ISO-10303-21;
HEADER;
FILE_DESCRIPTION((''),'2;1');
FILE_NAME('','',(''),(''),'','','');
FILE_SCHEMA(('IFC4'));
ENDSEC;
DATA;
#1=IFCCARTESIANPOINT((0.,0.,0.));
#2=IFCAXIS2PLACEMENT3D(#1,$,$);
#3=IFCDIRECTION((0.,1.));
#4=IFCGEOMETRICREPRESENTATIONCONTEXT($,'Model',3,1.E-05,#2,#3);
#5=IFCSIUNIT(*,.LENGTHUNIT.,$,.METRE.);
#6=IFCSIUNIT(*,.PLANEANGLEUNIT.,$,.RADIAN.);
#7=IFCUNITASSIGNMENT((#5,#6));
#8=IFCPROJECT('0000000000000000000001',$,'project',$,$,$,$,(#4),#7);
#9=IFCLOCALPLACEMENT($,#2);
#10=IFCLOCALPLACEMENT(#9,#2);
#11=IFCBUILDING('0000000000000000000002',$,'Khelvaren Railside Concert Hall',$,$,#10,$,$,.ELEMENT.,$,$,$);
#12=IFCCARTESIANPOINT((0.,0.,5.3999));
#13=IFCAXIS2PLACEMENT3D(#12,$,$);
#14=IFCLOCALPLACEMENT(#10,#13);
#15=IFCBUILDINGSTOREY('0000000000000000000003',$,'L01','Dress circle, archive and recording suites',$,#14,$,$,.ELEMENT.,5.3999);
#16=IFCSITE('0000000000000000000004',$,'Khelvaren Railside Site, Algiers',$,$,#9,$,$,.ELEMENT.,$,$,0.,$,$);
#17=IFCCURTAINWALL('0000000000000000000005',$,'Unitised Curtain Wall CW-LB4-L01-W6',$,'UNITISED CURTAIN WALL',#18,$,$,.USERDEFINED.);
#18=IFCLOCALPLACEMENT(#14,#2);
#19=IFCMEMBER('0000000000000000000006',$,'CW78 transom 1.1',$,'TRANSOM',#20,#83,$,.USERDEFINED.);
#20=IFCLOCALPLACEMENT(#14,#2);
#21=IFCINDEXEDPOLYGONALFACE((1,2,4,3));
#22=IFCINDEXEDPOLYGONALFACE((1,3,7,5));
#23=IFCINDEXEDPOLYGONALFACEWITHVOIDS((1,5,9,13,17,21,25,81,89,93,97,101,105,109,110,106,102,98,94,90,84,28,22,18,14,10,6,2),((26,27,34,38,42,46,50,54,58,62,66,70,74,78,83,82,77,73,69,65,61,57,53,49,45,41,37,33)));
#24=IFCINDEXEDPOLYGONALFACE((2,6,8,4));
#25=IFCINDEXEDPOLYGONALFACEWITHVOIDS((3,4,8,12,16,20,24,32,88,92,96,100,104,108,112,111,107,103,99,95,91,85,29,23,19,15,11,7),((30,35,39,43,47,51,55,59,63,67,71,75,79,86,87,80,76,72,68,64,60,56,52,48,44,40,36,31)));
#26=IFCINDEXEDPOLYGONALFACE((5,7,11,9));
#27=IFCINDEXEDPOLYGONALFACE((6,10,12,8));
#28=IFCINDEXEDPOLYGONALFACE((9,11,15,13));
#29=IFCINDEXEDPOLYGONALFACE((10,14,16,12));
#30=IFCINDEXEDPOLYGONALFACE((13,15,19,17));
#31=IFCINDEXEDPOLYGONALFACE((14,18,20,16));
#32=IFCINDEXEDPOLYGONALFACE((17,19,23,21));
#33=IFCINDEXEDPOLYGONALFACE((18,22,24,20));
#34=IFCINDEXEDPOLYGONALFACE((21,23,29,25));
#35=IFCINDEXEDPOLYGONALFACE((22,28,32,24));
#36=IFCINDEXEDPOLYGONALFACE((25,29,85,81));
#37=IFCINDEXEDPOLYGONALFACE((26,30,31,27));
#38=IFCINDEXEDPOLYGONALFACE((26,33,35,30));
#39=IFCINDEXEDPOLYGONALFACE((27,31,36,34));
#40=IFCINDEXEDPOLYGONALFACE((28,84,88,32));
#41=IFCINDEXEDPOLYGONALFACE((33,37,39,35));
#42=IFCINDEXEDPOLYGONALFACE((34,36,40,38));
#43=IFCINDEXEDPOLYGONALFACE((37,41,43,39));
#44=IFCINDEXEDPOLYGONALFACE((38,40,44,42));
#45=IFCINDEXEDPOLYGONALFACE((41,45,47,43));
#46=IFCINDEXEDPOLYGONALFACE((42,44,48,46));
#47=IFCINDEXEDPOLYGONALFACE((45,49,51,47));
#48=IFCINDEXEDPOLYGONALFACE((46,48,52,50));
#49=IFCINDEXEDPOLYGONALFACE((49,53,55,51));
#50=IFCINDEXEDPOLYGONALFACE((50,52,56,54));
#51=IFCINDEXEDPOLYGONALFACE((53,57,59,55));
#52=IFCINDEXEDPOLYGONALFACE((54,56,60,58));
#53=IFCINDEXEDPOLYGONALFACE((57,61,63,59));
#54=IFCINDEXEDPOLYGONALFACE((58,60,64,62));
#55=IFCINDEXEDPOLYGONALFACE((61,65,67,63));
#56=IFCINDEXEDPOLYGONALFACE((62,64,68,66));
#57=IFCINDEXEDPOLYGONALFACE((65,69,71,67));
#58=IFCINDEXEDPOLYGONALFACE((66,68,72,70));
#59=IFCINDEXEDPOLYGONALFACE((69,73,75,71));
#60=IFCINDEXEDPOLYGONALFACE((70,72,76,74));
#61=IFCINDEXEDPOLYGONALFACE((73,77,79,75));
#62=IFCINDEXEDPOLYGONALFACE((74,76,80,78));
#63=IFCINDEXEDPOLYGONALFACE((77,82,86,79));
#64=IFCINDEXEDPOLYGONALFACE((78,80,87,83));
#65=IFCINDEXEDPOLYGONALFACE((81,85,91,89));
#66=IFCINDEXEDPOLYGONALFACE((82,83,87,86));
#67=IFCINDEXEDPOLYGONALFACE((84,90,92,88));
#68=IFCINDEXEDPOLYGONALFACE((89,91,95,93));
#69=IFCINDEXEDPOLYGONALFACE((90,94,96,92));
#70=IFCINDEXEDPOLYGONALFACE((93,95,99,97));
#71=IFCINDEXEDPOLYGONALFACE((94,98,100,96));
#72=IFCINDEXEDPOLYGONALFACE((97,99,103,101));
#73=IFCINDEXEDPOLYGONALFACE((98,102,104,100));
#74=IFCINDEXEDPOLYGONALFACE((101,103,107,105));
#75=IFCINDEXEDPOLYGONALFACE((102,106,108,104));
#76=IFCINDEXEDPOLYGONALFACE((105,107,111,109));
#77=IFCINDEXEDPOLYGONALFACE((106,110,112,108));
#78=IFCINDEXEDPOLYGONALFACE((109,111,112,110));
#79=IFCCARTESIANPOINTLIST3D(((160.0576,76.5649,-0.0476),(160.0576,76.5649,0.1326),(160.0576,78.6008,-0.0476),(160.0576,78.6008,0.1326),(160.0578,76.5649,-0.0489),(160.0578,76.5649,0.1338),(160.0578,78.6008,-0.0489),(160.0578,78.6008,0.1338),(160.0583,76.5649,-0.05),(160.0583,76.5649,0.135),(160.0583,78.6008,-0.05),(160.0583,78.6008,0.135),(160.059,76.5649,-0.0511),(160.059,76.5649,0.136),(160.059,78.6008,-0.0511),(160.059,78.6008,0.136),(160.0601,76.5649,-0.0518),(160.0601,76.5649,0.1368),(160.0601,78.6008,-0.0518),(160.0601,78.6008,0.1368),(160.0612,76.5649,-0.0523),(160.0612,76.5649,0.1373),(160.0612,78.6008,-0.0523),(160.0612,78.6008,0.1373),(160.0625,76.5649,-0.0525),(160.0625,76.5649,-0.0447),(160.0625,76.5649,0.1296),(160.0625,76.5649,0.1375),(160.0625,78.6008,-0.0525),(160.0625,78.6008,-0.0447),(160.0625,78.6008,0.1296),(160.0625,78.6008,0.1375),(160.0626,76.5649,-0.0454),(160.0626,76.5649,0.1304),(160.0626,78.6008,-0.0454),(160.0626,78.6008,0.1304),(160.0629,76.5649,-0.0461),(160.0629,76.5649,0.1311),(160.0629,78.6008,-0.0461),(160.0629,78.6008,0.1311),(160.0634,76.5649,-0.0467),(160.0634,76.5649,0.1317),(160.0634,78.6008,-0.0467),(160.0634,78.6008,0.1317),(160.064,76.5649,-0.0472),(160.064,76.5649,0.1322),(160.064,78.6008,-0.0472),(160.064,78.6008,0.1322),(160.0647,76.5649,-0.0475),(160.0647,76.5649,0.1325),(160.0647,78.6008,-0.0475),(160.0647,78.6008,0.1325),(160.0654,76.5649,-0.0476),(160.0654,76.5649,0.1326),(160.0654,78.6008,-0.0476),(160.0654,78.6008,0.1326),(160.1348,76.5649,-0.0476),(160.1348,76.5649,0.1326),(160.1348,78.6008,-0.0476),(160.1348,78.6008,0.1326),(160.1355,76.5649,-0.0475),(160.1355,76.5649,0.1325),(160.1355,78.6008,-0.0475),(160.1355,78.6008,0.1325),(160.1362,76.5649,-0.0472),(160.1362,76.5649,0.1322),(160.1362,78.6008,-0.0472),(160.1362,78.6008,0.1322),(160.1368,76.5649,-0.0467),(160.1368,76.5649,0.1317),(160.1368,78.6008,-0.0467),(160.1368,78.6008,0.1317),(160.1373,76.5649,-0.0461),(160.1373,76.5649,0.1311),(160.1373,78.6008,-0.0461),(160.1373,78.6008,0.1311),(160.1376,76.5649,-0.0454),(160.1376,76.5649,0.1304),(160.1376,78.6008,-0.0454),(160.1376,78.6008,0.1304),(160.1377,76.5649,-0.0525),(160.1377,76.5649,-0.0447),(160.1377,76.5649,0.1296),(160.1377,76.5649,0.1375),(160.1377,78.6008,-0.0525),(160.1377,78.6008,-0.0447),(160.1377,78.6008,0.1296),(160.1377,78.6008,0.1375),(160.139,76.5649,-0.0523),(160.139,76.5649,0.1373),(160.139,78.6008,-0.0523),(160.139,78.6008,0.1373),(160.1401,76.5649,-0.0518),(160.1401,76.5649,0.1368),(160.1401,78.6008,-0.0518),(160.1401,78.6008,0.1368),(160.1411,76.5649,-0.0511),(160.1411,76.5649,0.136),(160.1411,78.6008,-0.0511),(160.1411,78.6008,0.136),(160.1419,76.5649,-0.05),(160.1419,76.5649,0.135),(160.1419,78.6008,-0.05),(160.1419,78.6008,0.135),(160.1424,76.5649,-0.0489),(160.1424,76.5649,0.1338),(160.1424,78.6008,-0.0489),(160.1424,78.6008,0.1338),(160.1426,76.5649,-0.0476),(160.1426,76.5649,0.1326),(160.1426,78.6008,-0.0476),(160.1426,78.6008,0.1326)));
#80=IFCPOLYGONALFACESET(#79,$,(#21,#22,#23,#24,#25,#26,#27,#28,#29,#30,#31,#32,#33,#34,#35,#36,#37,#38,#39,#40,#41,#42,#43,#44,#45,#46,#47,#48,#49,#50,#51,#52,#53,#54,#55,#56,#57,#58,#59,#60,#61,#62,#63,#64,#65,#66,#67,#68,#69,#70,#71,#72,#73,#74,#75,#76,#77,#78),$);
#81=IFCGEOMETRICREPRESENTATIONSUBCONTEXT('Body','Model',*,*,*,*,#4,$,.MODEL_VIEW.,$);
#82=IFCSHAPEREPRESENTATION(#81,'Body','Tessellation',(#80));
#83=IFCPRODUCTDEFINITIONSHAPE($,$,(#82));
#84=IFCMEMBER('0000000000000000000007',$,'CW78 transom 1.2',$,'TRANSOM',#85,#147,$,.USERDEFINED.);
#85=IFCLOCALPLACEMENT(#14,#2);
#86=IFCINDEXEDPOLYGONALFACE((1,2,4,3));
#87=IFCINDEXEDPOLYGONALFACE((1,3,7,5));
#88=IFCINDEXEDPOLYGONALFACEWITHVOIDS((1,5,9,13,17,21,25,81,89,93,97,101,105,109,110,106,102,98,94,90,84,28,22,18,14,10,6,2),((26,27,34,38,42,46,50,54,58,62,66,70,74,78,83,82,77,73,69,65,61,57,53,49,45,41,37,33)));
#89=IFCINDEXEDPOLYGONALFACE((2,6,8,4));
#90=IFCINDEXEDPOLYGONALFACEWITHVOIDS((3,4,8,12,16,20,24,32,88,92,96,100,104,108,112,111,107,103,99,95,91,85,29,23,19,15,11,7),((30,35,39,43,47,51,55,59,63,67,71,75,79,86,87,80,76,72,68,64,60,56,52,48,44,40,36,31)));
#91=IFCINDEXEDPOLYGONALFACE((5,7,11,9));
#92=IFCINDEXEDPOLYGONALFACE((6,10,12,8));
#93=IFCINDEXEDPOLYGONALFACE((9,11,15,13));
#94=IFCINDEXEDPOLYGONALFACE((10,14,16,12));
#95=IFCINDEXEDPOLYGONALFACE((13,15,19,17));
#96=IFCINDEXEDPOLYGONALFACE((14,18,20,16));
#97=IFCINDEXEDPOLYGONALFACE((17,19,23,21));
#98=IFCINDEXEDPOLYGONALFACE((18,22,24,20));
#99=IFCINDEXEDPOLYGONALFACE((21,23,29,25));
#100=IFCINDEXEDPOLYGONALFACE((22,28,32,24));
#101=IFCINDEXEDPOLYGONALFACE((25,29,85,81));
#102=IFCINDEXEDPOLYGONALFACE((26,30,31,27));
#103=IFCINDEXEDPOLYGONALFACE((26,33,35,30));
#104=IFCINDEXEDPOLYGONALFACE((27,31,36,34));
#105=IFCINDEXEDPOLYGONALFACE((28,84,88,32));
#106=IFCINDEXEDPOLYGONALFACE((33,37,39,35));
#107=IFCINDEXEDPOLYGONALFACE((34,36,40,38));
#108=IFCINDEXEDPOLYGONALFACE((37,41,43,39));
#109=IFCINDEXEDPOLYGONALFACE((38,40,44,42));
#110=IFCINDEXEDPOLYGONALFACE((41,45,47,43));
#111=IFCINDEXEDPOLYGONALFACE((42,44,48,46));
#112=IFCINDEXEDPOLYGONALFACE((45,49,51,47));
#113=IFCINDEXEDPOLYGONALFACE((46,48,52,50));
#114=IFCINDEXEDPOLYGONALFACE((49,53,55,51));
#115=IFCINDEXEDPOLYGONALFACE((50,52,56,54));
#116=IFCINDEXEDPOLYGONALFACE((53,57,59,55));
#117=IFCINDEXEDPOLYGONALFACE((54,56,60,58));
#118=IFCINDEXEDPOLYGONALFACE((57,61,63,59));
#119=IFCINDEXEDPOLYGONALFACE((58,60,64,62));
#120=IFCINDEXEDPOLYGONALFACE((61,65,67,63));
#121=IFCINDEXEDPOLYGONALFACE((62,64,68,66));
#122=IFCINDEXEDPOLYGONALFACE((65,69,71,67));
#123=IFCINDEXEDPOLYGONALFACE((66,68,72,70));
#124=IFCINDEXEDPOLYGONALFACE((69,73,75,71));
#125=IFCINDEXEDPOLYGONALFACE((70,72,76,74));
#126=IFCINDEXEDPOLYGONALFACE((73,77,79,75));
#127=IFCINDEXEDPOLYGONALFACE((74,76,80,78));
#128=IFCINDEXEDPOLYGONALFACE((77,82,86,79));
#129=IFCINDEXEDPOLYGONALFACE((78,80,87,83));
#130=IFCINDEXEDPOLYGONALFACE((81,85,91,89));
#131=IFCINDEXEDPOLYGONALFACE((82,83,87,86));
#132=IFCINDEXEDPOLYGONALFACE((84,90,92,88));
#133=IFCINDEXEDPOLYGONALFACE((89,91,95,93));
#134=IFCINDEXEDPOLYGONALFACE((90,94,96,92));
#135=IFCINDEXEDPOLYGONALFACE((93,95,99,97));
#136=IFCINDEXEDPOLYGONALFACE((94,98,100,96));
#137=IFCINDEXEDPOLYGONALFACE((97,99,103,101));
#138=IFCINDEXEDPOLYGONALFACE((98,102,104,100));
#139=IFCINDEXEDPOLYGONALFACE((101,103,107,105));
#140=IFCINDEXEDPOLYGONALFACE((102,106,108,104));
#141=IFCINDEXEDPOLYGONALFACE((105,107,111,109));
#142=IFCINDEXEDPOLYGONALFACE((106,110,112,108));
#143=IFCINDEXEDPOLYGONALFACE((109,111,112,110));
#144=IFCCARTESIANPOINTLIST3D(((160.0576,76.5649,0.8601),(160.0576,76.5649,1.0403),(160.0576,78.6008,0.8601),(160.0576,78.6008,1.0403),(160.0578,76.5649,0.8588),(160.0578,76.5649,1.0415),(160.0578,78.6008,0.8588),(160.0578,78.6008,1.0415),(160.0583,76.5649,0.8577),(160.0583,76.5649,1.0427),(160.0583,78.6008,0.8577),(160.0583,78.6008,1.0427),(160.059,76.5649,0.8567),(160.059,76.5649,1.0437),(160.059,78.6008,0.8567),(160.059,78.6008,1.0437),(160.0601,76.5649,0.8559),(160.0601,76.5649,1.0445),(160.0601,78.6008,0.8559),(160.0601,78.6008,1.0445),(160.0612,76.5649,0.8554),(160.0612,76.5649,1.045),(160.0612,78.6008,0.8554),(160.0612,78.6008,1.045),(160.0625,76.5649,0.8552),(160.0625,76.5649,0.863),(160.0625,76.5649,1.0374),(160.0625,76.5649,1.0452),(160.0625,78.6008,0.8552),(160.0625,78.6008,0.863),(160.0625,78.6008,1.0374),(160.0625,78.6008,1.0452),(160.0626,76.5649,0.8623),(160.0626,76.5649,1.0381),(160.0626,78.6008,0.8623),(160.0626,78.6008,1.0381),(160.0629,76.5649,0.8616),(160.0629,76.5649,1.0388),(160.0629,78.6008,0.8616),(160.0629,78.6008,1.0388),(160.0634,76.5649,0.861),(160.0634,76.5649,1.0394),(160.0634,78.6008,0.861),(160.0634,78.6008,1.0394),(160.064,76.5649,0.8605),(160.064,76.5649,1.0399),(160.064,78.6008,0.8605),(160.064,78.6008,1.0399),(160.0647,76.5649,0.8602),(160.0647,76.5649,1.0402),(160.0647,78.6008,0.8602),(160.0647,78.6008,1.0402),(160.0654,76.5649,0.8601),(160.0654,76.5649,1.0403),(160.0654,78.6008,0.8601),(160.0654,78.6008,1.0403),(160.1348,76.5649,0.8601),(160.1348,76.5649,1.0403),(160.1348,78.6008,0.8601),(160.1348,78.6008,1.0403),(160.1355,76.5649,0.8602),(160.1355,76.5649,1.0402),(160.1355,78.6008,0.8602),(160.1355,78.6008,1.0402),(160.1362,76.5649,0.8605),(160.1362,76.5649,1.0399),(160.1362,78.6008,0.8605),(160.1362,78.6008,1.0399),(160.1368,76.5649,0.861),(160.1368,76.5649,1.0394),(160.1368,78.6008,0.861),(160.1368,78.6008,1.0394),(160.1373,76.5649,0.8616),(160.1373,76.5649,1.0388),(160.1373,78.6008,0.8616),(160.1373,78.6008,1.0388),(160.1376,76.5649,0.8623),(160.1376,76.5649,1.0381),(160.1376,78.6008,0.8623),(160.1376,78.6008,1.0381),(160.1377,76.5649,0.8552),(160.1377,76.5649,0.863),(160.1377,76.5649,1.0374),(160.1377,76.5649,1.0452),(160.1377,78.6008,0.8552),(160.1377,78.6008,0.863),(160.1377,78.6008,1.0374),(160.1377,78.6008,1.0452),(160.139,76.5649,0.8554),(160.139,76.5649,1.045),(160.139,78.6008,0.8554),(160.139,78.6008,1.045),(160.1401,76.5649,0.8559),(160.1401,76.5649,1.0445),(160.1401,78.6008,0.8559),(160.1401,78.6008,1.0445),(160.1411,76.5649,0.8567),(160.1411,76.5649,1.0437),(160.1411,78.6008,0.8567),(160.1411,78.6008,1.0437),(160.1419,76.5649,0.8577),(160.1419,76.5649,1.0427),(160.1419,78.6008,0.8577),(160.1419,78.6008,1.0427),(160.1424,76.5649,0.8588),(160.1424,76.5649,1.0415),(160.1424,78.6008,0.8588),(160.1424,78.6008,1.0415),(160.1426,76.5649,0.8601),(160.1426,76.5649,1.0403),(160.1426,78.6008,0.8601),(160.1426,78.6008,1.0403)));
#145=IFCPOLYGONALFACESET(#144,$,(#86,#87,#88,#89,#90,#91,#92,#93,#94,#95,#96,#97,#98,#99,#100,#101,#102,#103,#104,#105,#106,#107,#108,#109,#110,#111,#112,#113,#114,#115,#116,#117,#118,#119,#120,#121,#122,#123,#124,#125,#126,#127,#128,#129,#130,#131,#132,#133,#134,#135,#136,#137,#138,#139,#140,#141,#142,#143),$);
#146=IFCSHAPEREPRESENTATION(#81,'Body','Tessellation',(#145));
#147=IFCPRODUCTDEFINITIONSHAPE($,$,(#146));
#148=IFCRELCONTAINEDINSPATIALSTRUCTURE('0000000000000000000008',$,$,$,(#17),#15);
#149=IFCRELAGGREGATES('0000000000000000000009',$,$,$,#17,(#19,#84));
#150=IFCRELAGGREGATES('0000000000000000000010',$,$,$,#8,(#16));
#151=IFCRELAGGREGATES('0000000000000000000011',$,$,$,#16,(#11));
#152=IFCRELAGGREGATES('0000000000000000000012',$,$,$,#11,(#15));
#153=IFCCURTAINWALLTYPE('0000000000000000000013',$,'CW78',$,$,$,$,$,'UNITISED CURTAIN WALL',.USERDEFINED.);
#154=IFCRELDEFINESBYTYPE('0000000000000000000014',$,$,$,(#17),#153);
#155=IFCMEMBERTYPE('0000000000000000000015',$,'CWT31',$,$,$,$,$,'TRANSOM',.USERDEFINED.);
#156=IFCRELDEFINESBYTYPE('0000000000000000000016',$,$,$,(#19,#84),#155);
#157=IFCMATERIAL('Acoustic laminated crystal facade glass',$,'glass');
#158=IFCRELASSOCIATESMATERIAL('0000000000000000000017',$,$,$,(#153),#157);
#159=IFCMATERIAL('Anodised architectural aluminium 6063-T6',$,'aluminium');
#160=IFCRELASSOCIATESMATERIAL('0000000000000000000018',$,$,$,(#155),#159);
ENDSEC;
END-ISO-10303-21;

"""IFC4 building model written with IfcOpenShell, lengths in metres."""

from ifc_helpers import new_model, si_unit, direction, frame, origin, origin_2d, place, context, subcontext, project, spatial, hollow_rectangle, extrude, material, material_profile, profile_set, type_object, element, aggregate, save


model = new_model("IFC4")

# Units and contexts
model_context = context("Model", 3, precision=1e-05, world=origin(), true_north=direction((0.0, 1.0)))
body_context = subcontext(model_context, "Body", "Model", "MODEL_VIEW")
ifc_project = project(units=[si_unit("LENGTHUNIT", "METRE"), si_unit("PLANEANGLEUNIT", "RADIAN")], contexts=[model_context])

# Site, building, storey
site_placement = place(None, origin())
site = spatial("IfcSite", under=ifc_project, at=site_placement, Name="Khelvaren Railside Site, Algiers", CompositionType="ELEMENT", RefElevation=0.0)
building_placement = place(site_placement, origin())
building = spatial("IfcBuilding", under=site, at=building_placement, Name="Khelvaren Railside Concert Hall", CompositionType="ELEMENT")
storey_placement = place(building_placement, frame((0.0, 0.0, 5.3999)))
storey = spatial("IfcBuildingStorey", under=building, at=storey_placement, Name="L01", Description="Dress circle, archive and recording suites", CompositionType="ELEMENT", Elevation=5.3999)

# Curtain wall, members
ifc_material_1 = material(Name="Acoustic laminated crystal facade glass", Category="glass")
curtain_wall_type = type_object("IfcCurtainWallType", Name="CW78", ElementType="UNITISED CURTAIN WALL", PredefinedType="USERDEFINED", material=ifc_material_1)
curtain_wall_placement = place(storey_placement, origin())
curtain_wall = element("IfcCurtainWall", 1, at=curtain_wall_placement, inside=storey, type_object=curtain_wall_type, Name="Unitised Curtain Wall CW-LB4-L01-W6", ObjectType="UNITISED CURTAIN WALL", PredefinedType="USERDEFINED")
ifc_material_2 = material(Name="Anodised architectural aluminium 6063-T6", Category="aluminium")
ifc_material_profile_1 = material_profile(ifc_material_2, hollow_rectangle(XDim=0.085, YDim=0.1899, WallThickness=0.0049, InnerFilletRadius=0.0029, OuterFilletRadius=0.0049, at=origin_2d()), Name="CWT 85x190x5")
ifc_profile_set_1 = profile_set([ifc_material_profile_1], Name="Anodised architectural aluminium 6063-T6")
member_type_1 = type_object("IfcMemberType", Name="CWT31", ElementType="TRANSOM", PredefinedType="USERDEFINED", material=ifc_profile_set_1)
member_1_placement = place(storey_placement, frame((160.1001, 76.5649, 0.0425), z_axis=(0.0, 1.0, 0.0), x_axis=(-1.0, 0.0, 0.0)))
member_1 = element("IfcMember", 2, at=member_1_placement, type_object=member_type_1, Name="CW78 transom 1.1", ObjectType="TRANSOM", PredefinedType="USERDEFINED", context=body_context, shape_type="SweptSolid", body=[
    extrude(hollow_rectangle(XDim=0.085, YDim=0.1899, WallThickness=0.0049, InnerFilletRadius=0.0029, OuterFilletRadius=0.0049, at=origin_2d()), origin(), (0.0, 0.0, 1.0), 2.0359),
])
member_2_placement = place(storey_placement, frame((160.1001, 76.5649, 0.9502), z_axis=(0.0, 1.0, 0.0), x_axis=(-1.0, 0.0, 0.0)))
member_2 = element("IfcMember", 3, at=member_2_placement, type_object=member_type_1, Name="CW78 transom 1.2", ObjectType="TRANSOM", PredefinedType="USERDEFINED", context=body_context, shape_type="SweptSolid", body=[
    extrude(hollow_rectangle(XDim=0.085, YDim=0.1899, WallThickness=0.0049, InnerFilletRadius=0.0029, OuterFilletRadius=0.0049, at=origin_2d()), origin(), (0.0, 0.0, 1.0), 2.0359),
])

aggregate(curtain_wall, [member_1, member_2])

save(model, "model.ifc")
